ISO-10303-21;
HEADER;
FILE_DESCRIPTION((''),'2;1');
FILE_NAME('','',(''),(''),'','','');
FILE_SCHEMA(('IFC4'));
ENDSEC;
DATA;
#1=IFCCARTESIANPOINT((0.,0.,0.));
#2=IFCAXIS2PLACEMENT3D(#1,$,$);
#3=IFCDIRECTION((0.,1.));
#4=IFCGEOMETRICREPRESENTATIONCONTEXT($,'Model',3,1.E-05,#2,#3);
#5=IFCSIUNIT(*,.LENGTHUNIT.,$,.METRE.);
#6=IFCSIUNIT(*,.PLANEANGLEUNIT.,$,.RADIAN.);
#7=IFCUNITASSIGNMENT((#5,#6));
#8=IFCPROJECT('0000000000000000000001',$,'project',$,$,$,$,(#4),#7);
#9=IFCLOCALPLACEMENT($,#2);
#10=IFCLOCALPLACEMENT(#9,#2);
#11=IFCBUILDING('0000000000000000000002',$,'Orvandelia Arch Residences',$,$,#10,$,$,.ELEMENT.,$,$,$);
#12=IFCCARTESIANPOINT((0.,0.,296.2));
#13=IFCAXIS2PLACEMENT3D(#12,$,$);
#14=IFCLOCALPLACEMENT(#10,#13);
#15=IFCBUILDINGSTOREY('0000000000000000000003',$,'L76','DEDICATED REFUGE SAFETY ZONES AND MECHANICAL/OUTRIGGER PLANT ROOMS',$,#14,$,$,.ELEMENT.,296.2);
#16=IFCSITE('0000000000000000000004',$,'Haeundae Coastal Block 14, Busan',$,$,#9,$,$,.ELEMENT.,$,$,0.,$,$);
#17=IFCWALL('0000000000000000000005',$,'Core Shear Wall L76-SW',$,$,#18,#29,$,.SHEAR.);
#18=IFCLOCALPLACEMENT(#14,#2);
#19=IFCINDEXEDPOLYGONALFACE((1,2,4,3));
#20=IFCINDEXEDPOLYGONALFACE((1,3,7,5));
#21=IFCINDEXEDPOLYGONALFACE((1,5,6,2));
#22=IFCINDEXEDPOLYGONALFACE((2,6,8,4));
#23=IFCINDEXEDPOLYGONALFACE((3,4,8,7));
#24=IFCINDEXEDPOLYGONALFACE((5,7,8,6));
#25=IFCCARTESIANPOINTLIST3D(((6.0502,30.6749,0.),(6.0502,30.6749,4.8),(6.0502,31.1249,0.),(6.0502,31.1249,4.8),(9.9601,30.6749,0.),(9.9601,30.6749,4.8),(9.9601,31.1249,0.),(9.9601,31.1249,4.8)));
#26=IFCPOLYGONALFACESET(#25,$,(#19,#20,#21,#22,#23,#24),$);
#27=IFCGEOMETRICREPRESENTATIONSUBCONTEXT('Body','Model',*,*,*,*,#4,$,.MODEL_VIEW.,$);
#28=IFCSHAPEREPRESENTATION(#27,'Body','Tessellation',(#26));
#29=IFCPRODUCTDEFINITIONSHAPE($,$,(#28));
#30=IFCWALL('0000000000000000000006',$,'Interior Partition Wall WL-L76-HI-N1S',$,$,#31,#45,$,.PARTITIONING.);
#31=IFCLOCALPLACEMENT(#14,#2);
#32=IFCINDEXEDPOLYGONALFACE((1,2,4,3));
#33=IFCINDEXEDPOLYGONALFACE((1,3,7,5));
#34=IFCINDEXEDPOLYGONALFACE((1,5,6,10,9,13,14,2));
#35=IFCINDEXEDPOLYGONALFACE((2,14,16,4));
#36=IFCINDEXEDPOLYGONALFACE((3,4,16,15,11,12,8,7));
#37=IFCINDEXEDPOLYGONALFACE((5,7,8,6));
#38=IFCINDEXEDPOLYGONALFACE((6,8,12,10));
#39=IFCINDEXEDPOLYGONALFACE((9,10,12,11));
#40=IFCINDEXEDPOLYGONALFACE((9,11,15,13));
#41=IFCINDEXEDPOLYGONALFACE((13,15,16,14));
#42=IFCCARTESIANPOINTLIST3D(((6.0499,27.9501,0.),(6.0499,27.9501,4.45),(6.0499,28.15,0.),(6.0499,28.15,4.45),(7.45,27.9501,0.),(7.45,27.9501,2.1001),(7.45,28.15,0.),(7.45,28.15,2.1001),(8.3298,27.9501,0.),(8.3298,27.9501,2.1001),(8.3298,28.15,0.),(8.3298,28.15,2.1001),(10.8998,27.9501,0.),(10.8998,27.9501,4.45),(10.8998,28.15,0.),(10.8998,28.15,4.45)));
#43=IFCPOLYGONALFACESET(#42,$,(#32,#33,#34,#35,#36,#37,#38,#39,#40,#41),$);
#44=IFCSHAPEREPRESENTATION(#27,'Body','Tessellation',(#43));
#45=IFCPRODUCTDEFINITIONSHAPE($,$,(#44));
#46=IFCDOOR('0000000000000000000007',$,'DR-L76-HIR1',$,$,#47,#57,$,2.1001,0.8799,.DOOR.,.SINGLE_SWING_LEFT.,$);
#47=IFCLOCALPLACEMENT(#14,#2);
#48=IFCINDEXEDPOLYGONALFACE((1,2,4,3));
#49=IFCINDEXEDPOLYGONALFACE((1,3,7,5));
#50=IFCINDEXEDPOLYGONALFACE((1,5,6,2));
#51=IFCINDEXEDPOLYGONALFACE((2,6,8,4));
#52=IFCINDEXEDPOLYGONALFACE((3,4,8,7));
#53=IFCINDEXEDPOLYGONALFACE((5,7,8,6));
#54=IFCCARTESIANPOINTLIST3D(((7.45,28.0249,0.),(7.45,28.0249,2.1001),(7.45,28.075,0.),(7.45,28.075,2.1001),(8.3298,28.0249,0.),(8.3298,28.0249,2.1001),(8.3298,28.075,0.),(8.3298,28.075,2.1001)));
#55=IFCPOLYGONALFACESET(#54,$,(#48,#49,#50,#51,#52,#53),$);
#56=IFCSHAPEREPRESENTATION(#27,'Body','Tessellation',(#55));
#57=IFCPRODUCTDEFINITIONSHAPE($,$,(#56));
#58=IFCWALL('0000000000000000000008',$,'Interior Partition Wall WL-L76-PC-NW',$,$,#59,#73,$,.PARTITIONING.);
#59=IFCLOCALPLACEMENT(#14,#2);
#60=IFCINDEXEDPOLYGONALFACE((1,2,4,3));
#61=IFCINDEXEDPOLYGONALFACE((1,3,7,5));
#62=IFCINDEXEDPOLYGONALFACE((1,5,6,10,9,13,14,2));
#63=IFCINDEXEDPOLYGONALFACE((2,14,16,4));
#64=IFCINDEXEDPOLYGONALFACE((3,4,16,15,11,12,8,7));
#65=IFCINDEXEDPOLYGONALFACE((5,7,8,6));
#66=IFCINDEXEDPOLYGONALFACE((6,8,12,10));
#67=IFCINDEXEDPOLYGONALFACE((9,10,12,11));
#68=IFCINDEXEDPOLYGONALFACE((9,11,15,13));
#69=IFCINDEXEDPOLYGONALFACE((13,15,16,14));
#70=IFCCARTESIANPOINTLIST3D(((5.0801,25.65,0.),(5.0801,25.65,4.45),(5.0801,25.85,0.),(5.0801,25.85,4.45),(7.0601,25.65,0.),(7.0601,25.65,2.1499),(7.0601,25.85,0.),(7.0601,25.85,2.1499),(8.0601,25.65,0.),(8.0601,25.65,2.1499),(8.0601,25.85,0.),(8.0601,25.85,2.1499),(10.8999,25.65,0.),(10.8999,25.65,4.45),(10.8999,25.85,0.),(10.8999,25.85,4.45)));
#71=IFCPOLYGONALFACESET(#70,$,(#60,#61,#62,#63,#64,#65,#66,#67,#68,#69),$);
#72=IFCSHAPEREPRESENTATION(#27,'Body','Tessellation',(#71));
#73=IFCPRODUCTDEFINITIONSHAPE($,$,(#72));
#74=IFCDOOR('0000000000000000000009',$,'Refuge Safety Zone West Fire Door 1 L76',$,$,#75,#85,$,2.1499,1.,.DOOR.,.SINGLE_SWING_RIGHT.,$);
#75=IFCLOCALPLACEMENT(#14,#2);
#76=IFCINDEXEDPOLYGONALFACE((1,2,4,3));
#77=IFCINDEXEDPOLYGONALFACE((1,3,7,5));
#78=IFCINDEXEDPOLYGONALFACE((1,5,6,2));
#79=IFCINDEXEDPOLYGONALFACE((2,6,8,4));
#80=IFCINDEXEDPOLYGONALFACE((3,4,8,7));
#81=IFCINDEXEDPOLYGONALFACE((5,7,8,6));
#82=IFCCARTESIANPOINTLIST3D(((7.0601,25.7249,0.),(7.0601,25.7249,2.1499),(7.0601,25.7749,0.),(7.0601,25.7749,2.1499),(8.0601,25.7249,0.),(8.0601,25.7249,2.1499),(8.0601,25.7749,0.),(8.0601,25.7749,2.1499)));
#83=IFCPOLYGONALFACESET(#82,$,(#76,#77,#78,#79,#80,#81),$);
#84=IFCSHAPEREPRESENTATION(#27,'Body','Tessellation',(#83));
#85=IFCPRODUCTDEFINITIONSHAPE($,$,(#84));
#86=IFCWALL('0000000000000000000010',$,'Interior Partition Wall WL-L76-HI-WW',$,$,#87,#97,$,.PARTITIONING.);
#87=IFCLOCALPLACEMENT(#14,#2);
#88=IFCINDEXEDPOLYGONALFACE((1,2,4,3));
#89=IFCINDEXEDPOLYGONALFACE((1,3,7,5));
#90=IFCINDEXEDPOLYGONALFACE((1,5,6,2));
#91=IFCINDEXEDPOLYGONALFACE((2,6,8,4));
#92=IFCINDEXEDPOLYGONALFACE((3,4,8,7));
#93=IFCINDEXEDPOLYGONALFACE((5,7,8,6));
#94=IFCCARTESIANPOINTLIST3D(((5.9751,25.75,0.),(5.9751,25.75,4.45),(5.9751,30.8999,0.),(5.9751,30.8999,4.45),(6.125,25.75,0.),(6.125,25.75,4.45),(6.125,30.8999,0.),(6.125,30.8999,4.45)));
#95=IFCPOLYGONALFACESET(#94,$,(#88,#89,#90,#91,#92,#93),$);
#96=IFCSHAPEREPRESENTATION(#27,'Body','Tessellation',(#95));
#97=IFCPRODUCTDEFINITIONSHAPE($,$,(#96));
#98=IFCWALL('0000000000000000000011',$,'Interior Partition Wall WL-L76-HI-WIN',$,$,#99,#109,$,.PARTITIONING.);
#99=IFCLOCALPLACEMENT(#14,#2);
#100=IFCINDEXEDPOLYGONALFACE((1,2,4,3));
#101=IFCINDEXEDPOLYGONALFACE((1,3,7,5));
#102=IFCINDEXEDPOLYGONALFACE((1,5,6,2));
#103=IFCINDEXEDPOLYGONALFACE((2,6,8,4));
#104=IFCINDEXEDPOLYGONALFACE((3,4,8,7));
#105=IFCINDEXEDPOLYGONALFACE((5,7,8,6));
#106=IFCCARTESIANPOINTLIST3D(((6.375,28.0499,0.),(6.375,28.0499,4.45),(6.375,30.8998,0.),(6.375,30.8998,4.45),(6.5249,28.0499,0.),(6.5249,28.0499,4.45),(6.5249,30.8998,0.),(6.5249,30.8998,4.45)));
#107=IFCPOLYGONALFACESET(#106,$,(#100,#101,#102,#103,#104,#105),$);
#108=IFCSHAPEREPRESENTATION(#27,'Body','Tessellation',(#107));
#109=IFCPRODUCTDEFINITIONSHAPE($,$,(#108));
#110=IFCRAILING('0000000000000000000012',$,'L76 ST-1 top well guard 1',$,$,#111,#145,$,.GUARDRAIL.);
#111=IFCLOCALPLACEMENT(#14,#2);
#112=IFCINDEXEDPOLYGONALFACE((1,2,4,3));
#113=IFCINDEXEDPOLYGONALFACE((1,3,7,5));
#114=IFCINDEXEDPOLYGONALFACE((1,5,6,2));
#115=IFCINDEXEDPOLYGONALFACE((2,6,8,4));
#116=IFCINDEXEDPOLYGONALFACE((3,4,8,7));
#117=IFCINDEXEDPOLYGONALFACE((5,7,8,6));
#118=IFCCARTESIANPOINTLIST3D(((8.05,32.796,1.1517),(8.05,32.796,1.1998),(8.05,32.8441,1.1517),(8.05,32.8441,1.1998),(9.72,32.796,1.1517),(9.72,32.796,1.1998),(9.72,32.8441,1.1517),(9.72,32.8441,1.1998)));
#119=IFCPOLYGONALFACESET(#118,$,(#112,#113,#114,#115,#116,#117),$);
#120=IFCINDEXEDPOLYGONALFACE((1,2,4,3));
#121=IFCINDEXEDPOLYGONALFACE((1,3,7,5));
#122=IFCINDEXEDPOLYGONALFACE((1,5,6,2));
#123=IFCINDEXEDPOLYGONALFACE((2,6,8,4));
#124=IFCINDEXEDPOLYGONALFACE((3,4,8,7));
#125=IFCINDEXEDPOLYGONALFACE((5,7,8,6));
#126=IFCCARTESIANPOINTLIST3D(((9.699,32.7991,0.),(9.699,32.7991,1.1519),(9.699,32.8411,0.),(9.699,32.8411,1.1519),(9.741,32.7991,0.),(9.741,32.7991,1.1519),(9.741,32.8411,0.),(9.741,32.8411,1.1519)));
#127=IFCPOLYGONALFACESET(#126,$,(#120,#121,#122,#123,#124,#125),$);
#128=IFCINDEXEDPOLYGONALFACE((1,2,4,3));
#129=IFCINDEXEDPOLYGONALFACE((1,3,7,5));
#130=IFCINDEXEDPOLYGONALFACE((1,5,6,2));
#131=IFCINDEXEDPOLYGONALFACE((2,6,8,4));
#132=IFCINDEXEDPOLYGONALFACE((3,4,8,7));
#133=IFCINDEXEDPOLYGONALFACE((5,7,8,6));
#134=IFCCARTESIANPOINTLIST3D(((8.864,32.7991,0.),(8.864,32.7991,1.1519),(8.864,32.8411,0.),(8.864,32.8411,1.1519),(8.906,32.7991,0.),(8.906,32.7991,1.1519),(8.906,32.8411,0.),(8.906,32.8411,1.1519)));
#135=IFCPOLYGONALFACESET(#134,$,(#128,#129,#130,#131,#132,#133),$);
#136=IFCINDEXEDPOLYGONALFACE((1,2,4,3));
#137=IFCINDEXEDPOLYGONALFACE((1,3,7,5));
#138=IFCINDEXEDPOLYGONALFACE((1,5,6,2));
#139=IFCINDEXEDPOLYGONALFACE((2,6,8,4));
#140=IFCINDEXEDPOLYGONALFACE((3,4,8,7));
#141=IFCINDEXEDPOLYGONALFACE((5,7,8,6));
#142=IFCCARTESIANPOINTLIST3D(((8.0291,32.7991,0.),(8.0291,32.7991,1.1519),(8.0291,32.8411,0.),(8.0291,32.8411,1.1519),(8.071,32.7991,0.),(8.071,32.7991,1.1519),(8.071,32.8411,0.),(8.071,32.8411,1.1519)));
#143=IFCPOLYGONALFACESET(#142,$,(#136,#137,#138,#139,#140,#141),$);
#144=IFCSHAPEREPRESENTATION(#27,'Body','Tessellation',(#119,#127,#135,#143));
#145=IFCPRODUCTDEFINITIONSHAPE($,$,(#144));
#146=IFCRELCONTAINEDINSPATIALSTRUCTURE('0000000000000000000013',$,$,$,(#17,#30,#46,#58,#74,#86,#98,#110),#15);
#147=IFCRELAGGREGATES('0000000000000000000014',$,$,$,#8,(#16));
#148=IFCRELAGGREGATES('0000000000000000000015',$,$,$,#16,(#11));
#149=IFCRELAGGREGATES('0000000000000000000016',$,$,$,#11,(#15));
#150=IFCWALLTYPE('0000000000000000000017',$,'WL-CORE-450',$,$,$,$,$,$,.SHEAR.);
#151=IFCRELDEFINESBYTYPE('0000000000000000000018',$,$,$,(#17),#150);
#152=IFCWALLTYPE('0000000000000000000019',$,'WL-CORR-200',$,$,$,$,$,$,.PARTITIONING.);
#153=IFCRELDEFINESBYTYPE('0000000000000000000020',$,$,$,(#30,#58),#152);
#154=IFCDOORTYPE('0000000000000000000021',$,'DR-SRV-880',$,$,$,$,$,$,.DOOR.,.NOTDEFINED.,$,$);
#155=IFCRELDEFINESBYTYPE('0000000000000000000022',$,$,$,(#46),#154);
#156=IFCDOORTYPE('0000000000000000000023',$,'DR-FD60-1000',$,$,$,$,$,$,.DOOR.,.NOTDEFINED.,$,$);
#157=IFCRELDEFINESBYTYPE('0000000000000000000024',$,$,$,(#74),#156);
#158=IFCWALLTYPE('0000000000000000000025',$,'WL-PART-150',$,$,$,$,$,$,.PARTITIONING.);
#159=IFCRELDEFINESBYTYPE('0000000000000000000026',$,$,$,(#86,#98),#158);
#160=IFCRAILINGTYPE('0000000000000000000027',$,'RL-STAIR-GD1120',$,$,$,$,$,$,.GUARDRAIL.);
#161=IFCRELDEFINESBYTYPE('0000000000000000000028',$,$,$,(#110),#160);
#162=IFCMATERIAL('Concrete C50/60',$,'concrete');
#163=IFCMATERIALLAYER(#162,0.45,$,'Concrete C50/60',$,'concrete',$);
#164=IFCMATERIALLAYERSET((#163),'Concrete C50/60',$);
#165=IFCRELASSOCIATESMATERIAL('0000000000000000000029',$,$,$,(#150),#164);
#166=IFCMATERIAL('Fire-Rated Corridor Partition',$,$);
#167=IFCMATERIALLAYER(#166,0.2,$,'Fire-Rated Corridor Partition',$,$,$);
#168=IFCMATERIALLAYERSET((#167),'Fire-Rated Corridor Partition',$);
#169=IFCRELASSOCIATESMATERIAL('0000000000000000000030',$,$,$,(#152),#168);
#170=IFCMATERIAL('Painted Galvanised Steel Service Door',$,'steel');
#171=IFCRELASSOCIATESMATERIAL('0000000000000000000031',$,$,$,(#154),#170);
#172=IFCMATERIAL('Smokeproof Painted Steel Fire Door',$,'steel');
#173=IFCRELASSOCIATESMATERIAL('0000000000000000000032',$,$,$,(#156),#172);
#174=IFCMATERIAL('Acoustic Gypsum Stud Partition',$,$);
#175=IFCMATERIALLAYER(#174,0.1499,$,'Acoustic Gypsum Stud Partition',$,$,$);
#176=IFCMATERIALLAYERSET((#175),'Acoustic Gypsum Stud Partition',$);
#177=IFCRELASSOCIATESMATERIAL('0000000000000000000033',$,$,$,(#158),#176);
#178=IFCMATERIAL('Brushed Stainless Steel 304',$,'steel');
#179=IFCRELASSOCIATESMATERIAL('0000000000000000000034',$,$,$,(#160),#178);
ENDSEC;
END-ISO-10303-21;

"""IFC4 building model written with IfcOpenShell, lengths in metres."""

from ifc_helpers import new_model, si_unit, direction, frame, frame_2d, origin, origin_2d, place, context, subcontext, project, spatial, rectangle, extrude, material, layer, layer_set, type_object, element, fill, save


model = new_model("IFC4")

# Units and contexts
model_context = context("Model", 3, precision=1e-05, world=origin(), true_north=direction((0.0, 1.0)))
body_context = subcontext(model_context, "Body", "Model", "MODEL_VIEW")
ifc_project = project(units=[si_unit("LENGTHUNIT", "METRE"), si_unit("PLANEANGLEUNIT", "RADIAN")], contexts=[model_context])

# Site, building, storey
site_placement = place(None, origin())
site = spatial("IfcSite", under=ifc_project, at=site_placement, Name="Haeundae Coastal Block 14, Busan", CompositionType="ELEMENT", RefElevation=0.0)
building_placement = place(site_placement, origin())
building = spatial("IfcBuilding", under=site, at=building_placement, Name="Orvandelia Arch Residences", CompositionType="ELEMENT")
storey_placement = place(building_placement, frame((0.0, 0.0, 296.2)))
storey = spatial("IfcBuildingStorey", under=building, at=storey_placement, Name="L76", Description="DEDICATED REFUGE SAFETY ZONES AND MECHANICAL/OUTRIGGER PLANT ROOMS", CompositionType="ELEMENT", Elevation=296.2)

# Shared definitions
ifc_material_1 = material(Name="Concrete C50/60", Category="concrete")

# Wall
ifc_layer_1 = layer(ifc_material_1, 0.45, Name="Concrete C50/60", Category="concrete")
ifc_layer_set_1 = layer_set([ifc_layer_1], Name="Concrete C50/60")
wall_type_1 = type_object("IfcWallType", Name="WL-CORE-450", PredefinedType="SHEAR", material=ifc_layer_set_1)
wall_1_placement = place(storey_placement, frame((6.05, 30.8999, 0.0), z_axis=(0.0, 0.0, 1.0), x_axis=(1.0, 0.0, 0.0)))
element("IfcWall", 1, at=wall_1_placement, inside=storey, type_object=wall_type_1, Name="Core Shear Wall L76-SW", PredefinedType="SHEAR", context=body_context, shape_type="SweptSolid", body=[
    extrude(rectangle(XDim=3.9099, YDim=0.45, at=frame_2d((1.9551, 0.0))), origin(), (0.0, 0.0, 1.0), 4.8),
])

# Walls, openings, doors
ifc_material_2 = material(Name="Fire-Rated Corridor Partition")
ifc_layer_2 = layer(ifc_material_2, 0.2, Name="Fire-Rated Corridor Partition")
ifc_layer_set_2 = layer_set([ifc_layer_2], Name="Fire-Rated Corridor Partition")
wall_type_2 = type_object("IfcWallType", Name="WL-CORR-200", PredefinedType="PARTITIONING", material=ifc_layer_set_2)
wall_2_placement = place(storey_placement, frame((6.05, 28.05, 0.0), z_axis=(0.0, 0.0, 1.0), x_axis=(1.0, 0.0, 0.0)))
wall_2 = element("IfcWall", 2, at=wall_2_placement, inside=storey, type_object=wall_type_2, Name="Interior Partition Wall WL-L76-HI-N1S", PredefinedType="PARTITIONING", context=body_context, shape_type="SweptSolid", body=[
    extrude(rectangle(XDim=4.8499, YDim=0.2, at=frame_2d((2.4248, 0.0))), origin(), (0.0, 0.0, 1.0), 4.45),
])
opening_1_placement = place(wall_2_placement, frame((1.3999, 0.0, 0.0)))
opening_1 = element("IfcOpeningElement", 3, at=opening_1_placement, cuts=wall_2, PredefinedType="OPENING", context=body_context, shape_type="SweptSolid", body=[
    extrude(rectangle(XDim=0.8799, YDim=2.1001, at=frame_2d((0.4399, 1.05))), frame((0.0, 0.1099, 0.0), z_axis=(0.0, -1.0, 0.0), x_axis=(1.0, 0.0, 0.0)), (0.0, 0.0, 1.0), 0.22),
])
ifc_material_3 = material(Name="Painted Galvanised Steel Service Door", Category="steel")
door_type_1 = type_object("IfcDoorType", Name="DR-SRV-880", OperationType="NOTDEFINED", PredefinedType="DOOR", material=ifc_material_3)
door_1_placement = place(opening_1_placement, origin())
door_1 = element("IfcDoor", 4, at=door_1_placement, inside=storey, type_object=door_type_1, Name="DR-L76-HIR1", OperationType="SINGLE_SWING_LEFT", OverallHeight=2.1001, OverallWidth=0.8799, PredefinedType="DOOR", context=body_context, shape_type="SweptSolid", body=[
    extrude(rectangle(XDim=0.8799, YDim=2.1001, at=frame_2d((0.4399, 1.05))), frame((0.0, 0.0249, 0.0), z_axis=(0.0, -1.0, 0.0), x_axis=(1.0, 0.0, 0.0)), (0.0, 0.0, 1.0), 0.05),
])
fill(opening_1, door_1)
wall_3_placement = place(storey_placement, frame((5.0801, 25.75, 0.0), z_axis=(0.0, 0.0, 1.0), x_axis=(1.0, 0.0, 0.0)))
wall_3 = element("IfcWall", 5, at=wall_3_placement, inside=storey, type_object=wall_type_2, Name="Interior Partition Wall WL-L76-PC-NW", PredefinedType="PARTITIONING", context=body_context, shape_type="SweptSolid", body=[
    extrude(rectangle(XDim=5.8198, YDim=0.2, at=frame_2d((2.9099, 0.0))), origin(), (0.0, 0.0, 1.0), 4.45),
])
opening_2_placement = place(wall_3_placement, frame((1.98, 0.0, 0.0)))
opening_2 = element("IfcOpeningElement", 6, at=opening_2_placement, cuts=wall_3, PredefinedType="OPENING", context=body_context, shape_type="SweptSolid", body=[
    extrude(rectangle(XDim=1.0, YDim=2.1499, at=frame_2d((0.5, 1.075))), frame((0.0, 0.1099, 0.0), z_axis=(0.0, -1.0, 0.0), x_axis=(1.0, 0.0, 0.0)), (0.0, 0.0, 1.0), 0.22),
])
ifc_material_4 = material(Name="Smokeproof Painted Steel Fire Door", Category="steel")
door_type_2 = type_object("IfcDoorType", Name="DR-FD60-1000", OperationType="NOTDEFINED", PredefinedType="DOOR", material=ifc_material_4)
door_2_placement = place(opening_2_placement, origin())
door_2 = element("IfcDoor", 7, at=door_2_placement, inside=storey, type_object=door_type_2, Name="Refuge Safety Zone West Fire Door 1 L76", OperationType="SINGLE_SWING_RIGHT", OverallHeight=2.1499, OverallWidth=1.0, PredefinedType="DOOR", context=body_context, shape_type="SweptSolid", body=[
    extrude(rectangle(XDim=1.0, YDim=2.1499, at=frame_2d((0.5, 1.075))), frame((0.0, 0.0249, 0.0), z_axis=(0.0, -1.0, 0.0), x_axis=(1.0, 0.0, 0.0)), (0.0, 0.0, 1.0), 0.05),
])
fill(opening_2, door_2)

# Walls
ifc_material_5 = material(Name="Acoustic Gypsum Stud Partition")
ifc_layer_3 = layer(ifc_material_5, 0.1499, Name="Acoustic Gypsum Stud Partition")
ifc_layer_set_3 = layer_set([ifc_layer_3], Name="Acoustic Gypsum Stud Partition")
wall_type_3 = type_object("IfcWallType", Name="WL-PART-150", PredefinedType="PARTITIONING", material=ifc_layer_set_3)
wall_4_placement = place(storey_placement, frame((6.05, 25.75, 0.0), z_axis=(0.0, 0.0, 1.0), x_axis=(0.0, 1.0, 0.0)))
element("IfcWall", 8, at=wall_4_placement, inside=storey, type_object=wall_type_3, Name="Interior Partition Wall WL-L76-HI-WW", PredefinedType="PARTITIONING", context=body_context, shape_type="SweptSolid", body=[
    extrude(rectangle(XDim=5.1499, YDim=0.1499, at=frame_2d((2.575, 0.0))), origin(), (0.0, 0.0, 1.0), 4.45),
])
wall_5_placement = place(storey_placement, frame((6.45, 28.05, 0.0), z_axis=(0.0, 0.0, 1.0), x_axis=(0.0, 1.0, 0.0)))
element("IfcWall", 9, at=wall_5_placement, inside=storey, type_object=wall_type_3, Name="Interior Partition Wall WL-L76-HI-WIN", PredefinedType="PARTITIONING", context=body_context, shape_type="SweptSolid", body=[
    extrude(rectangle(XDim=2.8499, YDim=0.1499, at=frame_2d((1.4248, 0.0))), origin(), (0.0, 0.0, 1.0), 4.45),
])

# Railing
ifc_material_6 = material(Name="Brushed Stainless Steel 304", Category="steel")
railing_type = type_object("IfcRailingType", Name="RL-STAIR-GD1120", PredefinedType="GUARDRAIL", material=ifc_material_6)
railing_placement = place(storey_placement, frame((9.72, 32.8201, 0.0)))
element("IfcRailing", 10, at=railing_placement, inside=storey, type_object=railing_type, Name="L76 ST-1 top well guard 1", PredefinedType="GUARDRAIL", context=body_context, shape_type="SweptSolid", body=[
    extrude(rectangle(XDim=0.0481, YDim=0.0481, at=origin_2d()), frame((0.0, 0.0, 1.1758), z_axis=(-1.0, 0.0, 0.0), x_axis=(0.0, -1.0, 0.0)), (0.0, 0.0, 1.0), 1.6699),
    extrude(rectangle(XDim=0.042, YDim=0.042, at=origin_2d()), origin(), (0.0, 0.0, 1.0), 1.1519),
    extrude(rectangle(XDim=0.042, YDim=0.042, at=origin_2d()), frame((-0.835, 0.0, 0.0)), (0.0, 0.0, 1.0), 1.1519),
    extrude(rectangle(XDim=0.042, YDim=0.042, at=origin_2d()), frame((-1.6699, 0.0, 0.0)), (0.0, 0.0, 1.0), 1.1519),
])

save(model, "model.ifc")
